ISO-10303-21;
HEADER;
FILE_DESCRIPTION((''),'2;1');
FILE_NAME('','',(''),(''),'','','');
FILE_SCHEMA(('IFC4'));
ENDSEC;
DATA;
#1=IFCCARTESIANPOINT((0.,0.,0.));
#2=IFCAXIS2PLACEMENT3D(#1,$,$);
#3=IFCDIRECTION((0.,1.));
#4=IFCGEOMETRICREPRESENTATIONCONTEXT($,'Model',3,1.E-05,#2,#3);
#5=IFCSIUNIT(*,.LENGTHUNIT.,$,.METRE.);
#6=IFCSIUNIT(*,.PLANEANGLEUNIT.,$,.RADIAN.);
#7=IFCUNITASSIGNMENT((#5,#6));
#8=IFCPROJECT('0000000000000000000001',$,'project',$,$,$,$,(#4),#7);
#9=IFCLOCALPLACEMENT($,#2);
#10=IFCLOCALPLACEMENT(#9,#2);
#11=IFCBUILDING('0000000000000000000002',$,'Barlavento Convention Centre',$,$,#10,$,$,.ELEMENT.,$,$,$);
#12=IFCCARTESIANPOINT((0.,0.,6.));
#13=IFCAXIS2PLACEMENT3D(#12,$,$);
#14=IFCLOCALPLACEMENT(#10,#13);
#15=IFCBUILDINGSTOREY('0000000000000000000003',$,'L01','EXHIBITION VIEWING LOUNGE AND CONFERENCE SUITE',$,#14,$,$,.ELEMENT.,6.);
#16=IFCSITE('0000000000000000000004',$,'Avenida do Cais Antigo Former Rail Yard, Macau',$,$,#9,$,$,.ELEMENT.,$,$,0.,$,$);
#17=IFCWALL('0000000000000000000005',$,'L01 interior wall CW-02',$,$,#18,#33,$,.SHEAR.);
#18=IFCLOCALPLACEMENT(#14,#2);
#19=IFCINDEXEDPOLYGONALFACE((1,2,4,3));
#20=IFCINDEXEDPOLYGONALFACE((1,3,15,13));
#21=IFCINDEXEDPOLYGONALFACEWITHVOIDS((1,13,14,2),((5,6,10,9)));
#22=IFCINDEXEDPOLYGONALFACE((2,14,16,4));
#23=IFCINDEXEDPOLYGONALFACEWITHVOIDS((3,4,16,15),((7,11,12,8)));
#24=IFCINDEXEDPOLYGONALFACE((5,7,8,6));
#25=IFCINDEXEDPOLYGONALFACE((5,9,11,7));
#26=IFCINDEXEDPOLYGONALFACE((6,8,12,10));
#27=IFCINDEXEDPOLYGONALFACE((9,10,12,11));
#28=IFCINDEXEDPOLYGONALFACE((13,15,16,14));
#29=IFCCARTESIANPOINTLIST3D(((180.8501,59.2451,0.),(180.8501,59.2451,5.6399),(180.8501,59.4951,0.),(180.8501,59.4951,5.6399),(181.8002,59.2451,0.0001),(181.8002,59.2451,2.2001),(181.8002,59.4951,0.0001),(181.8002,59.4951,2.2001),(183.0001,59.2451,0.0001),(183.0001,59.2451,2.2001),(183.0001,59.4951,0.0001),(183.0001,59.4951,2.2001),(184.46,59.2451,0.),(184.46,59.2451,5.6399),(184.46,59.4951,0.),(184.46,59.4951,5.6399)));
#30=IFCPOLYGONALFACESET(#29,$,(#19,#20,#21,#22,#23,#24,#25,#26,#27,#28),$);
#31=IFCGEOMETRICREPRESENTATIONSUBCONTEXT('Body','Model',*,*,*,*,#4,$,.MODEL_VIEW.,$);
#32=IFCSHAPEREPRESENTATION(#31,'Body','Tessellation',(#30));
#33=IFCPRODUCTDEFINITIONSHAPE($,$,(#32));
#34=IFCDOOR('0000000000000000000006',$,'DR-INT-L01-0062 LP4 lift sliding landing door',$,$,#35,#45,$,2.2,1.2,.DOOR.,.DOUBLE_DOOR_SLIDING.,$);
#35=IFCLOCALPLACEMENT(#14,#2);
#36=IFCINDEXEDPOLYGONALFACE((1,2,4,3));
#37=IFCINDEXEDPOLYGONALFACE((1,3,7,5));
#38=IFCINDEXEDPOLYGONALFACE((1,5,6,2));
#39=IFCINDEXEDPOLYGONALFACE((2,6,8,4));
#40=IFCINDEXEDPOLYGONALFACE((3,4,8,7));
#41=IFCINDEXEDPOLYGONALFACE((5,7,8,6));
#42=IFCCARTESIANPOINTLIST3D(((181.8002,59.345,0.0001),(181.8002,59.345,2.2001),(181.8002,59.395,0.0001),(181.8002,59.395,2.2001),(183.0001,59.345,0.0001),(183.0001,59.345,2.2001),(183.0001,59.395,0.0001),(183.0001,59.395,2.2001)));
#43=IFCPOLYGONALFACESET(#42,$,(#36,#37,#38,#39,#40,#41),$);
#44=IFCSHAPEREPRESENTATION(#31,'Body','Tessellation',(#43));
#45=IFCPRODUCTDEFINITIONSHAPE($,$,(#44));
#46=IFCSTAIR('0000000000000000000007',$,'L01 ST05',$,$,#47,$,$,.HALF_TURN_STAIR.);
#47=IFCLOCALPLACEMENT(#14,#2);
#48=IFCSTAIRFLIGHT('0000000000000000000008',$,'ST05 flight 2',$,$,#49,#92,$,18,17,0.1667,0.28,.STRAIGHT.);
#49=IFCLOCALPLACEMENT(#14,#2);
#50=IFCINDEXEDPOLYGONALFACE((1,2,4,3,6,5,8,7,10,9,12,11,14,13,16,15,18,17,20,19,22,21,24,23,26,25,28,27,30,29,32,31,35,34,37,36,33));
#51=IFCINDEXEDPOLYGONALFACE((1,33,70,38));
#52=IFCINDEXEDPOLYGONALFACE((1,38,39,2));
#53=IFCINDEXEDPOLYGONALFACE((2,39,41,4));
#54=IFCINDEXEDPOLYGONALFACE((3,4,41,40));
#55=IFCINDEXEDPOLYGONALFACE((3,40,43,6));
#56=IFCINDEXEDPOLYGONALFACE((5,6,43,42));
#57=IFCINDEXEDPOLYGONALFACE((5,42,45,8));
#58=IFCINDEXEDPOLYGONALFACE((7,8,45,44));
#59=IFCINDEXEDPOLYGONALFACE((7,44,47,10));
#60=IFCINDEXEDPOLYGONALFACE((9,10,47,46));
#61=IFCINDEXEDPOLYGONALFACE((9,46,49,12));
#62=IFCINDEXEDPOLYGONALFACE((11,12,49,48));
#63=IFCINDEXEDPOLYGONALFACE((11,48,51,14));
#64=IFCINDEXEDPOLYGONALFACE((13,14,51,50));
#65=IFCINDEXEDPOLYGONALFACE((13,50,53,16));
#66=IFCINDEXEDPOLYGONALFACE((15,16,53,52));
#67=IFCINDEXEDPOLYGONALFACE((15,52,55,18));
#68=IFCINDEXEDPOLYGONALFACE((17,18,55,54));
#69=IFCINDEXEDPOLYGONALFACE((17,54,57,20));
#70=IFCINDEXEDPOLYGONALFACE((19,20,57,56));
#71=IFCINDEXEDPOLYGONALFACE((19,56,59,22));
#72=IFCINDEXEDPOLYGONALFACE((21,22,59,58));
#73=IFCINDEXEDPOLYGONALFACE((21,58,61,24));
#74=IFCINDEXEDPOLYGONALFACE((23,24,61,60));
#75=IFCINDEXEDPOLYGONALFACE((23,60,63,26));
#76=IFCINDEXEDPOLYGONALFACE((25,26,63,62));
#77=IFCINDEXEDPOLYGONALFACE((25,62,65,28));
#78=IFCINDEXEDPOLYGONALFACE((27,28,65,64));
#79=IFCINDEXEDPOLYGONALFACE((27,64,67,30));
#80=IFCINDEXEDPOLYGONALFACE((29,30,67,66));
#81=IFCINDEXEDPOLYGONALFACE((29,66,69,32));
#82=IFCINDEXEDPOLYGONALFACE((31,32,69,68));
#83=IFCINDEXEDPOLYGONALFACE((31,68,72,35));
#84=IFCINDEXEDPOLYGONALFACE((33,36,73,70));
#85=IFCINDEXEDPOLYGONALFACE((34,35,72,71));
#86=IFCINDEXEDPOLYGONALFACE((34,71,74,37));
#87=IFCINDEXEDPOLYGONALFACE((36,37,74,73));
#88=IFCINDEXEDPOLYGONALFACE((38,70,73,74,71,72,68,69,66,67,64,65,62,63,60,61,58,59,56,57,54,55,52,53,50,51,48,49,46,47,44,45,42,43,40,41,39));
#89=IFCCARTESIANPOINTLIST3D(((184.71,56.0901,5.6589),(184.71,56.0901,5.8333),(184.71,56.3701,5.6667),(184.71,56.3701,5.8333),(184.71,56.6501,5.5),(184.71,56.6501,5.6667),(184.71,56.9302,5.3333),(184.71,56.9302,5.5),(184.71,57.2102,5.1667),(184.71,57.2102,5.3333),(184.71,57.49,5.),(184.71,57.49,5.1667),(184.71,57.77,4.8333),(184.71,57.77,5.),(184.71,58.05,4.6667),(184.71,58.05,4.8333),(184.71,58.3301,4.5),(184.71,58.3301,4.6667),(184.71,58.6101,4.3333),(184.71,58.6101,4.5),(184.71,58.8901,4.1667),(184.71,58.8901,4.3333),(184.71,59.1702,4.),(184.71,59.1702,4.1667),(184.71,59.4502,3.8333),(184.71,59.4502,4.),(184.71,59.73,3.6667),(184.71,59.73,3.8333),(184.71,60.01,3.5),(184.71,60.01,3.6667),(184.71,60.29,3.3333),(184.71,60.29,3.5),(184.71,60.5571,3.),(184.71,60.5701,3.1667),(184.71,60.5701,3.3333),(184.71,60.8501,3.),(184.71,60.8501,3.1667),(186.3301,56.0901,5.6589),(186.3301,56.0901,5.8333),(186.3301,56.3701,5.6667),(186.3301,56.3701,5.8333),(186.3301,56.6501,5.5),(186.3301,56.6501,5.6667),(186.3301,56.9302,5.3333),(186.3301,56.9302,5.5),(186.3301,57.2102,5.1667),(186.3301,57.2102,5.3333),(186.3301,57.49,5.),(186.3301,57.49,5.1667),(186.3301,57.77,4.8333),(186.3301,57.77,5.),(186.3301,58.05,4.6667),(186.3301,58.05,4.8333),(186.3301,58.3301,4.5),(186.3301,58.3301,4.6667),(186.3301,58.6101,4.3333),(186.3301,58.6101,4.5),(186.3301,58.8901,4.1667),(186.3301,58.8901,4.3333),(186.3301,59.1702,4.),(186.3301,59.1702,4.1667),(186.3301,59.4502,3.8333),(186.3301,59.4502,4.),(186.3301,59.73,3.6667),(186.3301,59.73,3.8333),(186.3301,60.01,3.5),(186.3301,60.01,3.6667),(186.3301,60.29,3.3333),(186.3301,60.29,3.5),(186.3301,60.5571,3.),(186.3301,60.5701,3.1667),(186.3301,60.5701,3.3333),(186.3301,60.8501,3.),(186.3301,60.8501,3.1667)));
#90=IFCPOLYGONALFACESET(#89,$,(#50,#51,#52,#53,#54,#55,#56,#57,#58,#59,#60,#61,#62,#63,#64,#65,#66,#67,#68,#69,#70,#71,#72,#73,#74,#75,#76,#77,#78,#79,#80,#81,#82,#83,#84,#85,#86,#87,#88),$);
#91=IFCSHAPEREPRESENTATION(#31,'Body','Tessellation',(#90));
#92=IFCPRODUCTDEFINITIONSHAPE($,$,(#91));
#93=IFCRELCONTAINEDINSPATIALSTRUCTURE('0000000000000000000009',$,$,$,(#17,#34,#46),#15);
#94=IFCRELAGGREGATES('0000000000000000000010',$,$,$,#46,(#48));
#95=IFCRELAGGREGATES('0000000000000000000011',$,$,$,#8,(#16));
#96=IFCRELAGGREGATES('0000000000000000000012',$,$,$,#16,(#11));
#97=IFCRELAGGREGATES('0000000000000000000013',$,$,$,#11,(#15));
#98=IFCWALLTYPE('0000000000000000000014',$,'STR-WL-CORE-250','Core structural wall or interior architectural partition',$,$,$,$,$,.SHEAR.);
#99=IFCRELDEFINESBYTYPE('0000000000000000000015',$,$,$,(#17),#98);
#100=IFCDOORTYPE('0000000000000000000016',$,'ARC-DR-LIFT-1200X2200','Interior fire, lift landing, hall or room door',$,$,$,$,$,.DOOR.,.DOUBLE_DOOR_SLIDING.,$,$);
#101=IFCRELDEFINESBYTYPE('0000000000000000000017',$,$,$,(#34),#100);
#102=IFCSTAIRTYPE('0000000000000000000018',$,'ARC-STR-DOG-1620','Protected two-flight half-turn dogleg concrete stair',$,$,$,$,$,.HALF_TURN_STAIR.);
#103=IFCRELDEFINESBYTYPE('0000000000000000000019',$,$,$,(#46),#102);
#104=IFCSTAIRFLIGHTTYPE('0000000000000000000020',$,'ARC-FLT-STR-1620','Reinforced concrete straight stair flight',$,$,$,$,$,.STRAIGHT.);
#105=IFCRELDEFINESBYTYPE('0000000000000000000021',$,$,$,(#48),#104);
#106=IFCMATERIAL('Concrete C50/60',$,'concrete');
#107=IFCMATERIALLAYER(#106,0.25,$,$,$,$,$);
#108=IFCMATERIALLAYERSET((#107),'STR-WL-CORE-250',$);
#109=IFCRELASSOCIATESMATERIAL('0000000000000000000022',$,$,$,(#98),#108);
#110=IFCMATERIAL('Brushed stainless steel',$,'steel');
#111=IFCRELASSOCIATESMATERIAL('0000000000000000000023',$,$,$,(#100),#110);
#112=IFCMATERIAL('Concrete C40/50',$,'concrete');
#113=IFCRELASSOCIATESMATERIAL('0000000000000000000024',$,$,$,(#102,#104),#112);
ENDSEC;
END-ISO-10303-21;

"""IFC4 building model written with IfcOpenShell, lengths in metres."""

from ifc_helpers import new_model, si_unit, direction, frame, frame_2d, origin, place, context, subcontext, project, spatial, polyline, rectangle, outline, extrude, material, layer, layer_set, type_object, element, fill, aggregate, save


model = new_model("IFC4")

# Units and contexts
model_context = context("Model", 3, precision=1e-05, world=origin(), true_north=direction((0.0, 1.0)))
body_context = subcontext(model_context, "Body", "Model", "MODEL_VIEW")
ifc_project = project(units=[si_unit("LENGTHUNIT", "METRE"), si_unit("PLANEANGLEUNIT", "RADIAN")], contexts=[model_context])

# Site, building, storey
site_placement = place(None, origin())
site = spatial("IfcSite", under=ifc_project, at=site_placement, Name="Avenida do Cais Antigo Former Rail Yard, Macau", CompositionType="ELEMENT", RefElevation=0.0)
building_placement = place(site_placement, origin())
building = spatial("IfcBuilding", under=site, at=building_placement, Name="Barlavento Convention Centre", CompositionType="ELEMENT")
storey_placement = place(building_placement, frame((0.0, 0.0, 6.0)))
storey = spatial("IfcBuildingStorey", under=building, at=storey_placement, Name="L01", Description="EXHIBITION VIEWING LOUNGE AND CONFERENCE SUITE", CompositionType="ELEMENT", Elevation=6.0)

# Shared definitions
ifc_material_1 = material(Name="Concrete C50/60", Category="concrete")
ifc_layer = layer(ifc_material_1, 0.25)
ifc_layer_set = layer_set([ifc_layer], Name="STR-WL-CORE-250")
wall_type = type_object("IfcWallType", Name="STR-WL-CORE-250", Description="Core structural wall or interior architectural partition", PredefinedType="SHEAR", material=ifc_layer_set)

# Wall, opening, door
wall_1_placement = place(storey_placement, frame((180.8501, 59.3701, 0.0), z_axis=(0.0, 0.0, 1.0), x_axis=(1.0, 0.0, 0.0)))
wall_1 = element("IfcWall", 1, at=wall_1_placement, inside=storey, type_object=wall_type, Name="L01 interior wall CW-02", PredefinedType="SHEAR", context=body_context, shape_type="SweptSolid", body=[
    extrude(rectangle(XDim=3.6099, YDim=0.25, at=frame_2d((1.8049, 0.0))), origin(), (0.0, 0.0, 1.0), 5.6399),
])
opening_1_placement = place(wall_1_placement, frame((0.95, 0.0, 0.0)))
opening_1 = element("IfcOpeningElement", 2, at=opening_1_placement, cuts=wall_1, PredefinedType="OPENING", context=body_context, shape_type="SweptSolid", body=[
    extrude(rectangle(XDim=1.2, YDim=2.2, at=frame_2d((0.6001, 1.1001))), frame((0.0, 0.135, 0.0), z_axis=(0.0, -1.0, 0.0), x_axis=(1.0, 0.0, 0.0)), (0.0, 0.0, 1.0), 0.27),
])
ifc_material_2 = material(Name="Brushed stainless steel", Category="steel")
door_type_1 = type_object("IfcDoorType", Name="ARC-DR-LIFT-1200X2200", Description="Interior fire, lift landing, hall or room door", OperationType="DOUBLE_DOOR_SLIDING", PredefinedType="DOOR", material=ifc_material_2)
door_1_placement = place(opening_1_placement, origin())
door_1 = element("IfcDoor", 3, at=door_1_placement, inside=storey, type_object=door_type_1, Name="DR-INT-L01-0062 LP4 lift sliding landing door", OperationType="DOUBLE_DOOR_SLIDING", OverallHeight=2.2, OverallWidth=1.2, PredefinedType="DOOR", context=body_context, shape_type="SweptSolid", body=[
    extrude(rectangle(XDim=1.2, YDim=2.2, at=frame_2d((0.6001, 1.1001))), frame((0.0, 0.0249, 0.0), z_axis=(0.0, -1.0, 0.0), x_axis=(1.0, 0.0, 0.0)), (0.0, 0.0, 1.0), 0.05),
])
fill(opening_1, door_1)

# Stair, stair flight
ifc_material_3 = material(Name="Concrete C40/50", Category="concrete")
stair_type = type_object("IfcStairType", Name="ARC-STR-DOG-1620", Description="Protected two-flight half-turn dogleg concrete stair", PredefinedType="HALF_TURN_STAIR", material=ifc_material_3)
stair_placement = place(storey_placement, origin())
stair = element("IfcStair", 4, at=stair_placement, inside=storey, type_object=stair_type, Name="L01 ST05", PredefinedType="HALF_TURN_STAIR")
stair_flight_type = type_object("IfcStairFlightType", Name="ARC-FLT-STR-1620", Description="Reinforced concrete straight stair flight", PredefinedType="STRAIGHT", material=ifc_material_3)
stair_flight_placement = place(storey_placement, frame((185.52, 60.8501, 3.0), z_axis=(0.0, 0.0, 1.0), x_axis=(0.0, -1.0, 0.0)))
stair_flight = element("IfcStairFlight", 5, at=stair_flight_placement, type_object=stair_flight_type, Name="ST05 flight 2", NumberOfRisers=18, NumberOfTreads=17, PredefinedType="STRAIGHT", RiserHeight=0.1667, TreadLength=0.28, context=body_context, shape_type="SweptSolid", body=[
    extrude(outline(polyline([(0.0, 0.0), (0.0, 0.1667), (0.28, 0.1667), (0.28, 0.3333), (0.5601, 0.3333), (0.5601, 0.5), (0.8401, 0.5), (0.8401, 0.6667), (1.1201, 0.6667), (1.1201, 0.8333), (1.3999, 0.8333), (1.3999, 1.0), (1.6799, 1.0), (1.6799, 1.1667), (1.96, 1.1667), (1.96, 1.3333), (2.24, 1.3333), (2.24, 1.5), (2.52, 1.5), (2.52, 1.6667), (2.8, 1.6667), (2.8, 1.8333), (3.0801, 1.8333), (3.0801, 2.0), (3.3601, 2.0), (3.3601, 2.1667), (3.6399, 2.1667), (3.6399, 2.3333), (3.9199, 2.3333), (3.9199, 2.5), (4.2, 2.5), (4.2, 2.6667), (4.48, 2.6667), (4.48, 2.8333), (4.76, 2.8333), (4.76, 3.0), (4.76, 2.6589), (0.293, 0.0), (0.0, 0.0)])), frame((0.0, 0.8101, 0.0), z_axis=(0.0, -1.0, 0.0), x_axis=(1.0, 0.0, 0.0)), (0.0, 0.0, 1.0), 1.6201),
])
aggregate(stair, [stair_flight])

save(model, "model.ifc")
